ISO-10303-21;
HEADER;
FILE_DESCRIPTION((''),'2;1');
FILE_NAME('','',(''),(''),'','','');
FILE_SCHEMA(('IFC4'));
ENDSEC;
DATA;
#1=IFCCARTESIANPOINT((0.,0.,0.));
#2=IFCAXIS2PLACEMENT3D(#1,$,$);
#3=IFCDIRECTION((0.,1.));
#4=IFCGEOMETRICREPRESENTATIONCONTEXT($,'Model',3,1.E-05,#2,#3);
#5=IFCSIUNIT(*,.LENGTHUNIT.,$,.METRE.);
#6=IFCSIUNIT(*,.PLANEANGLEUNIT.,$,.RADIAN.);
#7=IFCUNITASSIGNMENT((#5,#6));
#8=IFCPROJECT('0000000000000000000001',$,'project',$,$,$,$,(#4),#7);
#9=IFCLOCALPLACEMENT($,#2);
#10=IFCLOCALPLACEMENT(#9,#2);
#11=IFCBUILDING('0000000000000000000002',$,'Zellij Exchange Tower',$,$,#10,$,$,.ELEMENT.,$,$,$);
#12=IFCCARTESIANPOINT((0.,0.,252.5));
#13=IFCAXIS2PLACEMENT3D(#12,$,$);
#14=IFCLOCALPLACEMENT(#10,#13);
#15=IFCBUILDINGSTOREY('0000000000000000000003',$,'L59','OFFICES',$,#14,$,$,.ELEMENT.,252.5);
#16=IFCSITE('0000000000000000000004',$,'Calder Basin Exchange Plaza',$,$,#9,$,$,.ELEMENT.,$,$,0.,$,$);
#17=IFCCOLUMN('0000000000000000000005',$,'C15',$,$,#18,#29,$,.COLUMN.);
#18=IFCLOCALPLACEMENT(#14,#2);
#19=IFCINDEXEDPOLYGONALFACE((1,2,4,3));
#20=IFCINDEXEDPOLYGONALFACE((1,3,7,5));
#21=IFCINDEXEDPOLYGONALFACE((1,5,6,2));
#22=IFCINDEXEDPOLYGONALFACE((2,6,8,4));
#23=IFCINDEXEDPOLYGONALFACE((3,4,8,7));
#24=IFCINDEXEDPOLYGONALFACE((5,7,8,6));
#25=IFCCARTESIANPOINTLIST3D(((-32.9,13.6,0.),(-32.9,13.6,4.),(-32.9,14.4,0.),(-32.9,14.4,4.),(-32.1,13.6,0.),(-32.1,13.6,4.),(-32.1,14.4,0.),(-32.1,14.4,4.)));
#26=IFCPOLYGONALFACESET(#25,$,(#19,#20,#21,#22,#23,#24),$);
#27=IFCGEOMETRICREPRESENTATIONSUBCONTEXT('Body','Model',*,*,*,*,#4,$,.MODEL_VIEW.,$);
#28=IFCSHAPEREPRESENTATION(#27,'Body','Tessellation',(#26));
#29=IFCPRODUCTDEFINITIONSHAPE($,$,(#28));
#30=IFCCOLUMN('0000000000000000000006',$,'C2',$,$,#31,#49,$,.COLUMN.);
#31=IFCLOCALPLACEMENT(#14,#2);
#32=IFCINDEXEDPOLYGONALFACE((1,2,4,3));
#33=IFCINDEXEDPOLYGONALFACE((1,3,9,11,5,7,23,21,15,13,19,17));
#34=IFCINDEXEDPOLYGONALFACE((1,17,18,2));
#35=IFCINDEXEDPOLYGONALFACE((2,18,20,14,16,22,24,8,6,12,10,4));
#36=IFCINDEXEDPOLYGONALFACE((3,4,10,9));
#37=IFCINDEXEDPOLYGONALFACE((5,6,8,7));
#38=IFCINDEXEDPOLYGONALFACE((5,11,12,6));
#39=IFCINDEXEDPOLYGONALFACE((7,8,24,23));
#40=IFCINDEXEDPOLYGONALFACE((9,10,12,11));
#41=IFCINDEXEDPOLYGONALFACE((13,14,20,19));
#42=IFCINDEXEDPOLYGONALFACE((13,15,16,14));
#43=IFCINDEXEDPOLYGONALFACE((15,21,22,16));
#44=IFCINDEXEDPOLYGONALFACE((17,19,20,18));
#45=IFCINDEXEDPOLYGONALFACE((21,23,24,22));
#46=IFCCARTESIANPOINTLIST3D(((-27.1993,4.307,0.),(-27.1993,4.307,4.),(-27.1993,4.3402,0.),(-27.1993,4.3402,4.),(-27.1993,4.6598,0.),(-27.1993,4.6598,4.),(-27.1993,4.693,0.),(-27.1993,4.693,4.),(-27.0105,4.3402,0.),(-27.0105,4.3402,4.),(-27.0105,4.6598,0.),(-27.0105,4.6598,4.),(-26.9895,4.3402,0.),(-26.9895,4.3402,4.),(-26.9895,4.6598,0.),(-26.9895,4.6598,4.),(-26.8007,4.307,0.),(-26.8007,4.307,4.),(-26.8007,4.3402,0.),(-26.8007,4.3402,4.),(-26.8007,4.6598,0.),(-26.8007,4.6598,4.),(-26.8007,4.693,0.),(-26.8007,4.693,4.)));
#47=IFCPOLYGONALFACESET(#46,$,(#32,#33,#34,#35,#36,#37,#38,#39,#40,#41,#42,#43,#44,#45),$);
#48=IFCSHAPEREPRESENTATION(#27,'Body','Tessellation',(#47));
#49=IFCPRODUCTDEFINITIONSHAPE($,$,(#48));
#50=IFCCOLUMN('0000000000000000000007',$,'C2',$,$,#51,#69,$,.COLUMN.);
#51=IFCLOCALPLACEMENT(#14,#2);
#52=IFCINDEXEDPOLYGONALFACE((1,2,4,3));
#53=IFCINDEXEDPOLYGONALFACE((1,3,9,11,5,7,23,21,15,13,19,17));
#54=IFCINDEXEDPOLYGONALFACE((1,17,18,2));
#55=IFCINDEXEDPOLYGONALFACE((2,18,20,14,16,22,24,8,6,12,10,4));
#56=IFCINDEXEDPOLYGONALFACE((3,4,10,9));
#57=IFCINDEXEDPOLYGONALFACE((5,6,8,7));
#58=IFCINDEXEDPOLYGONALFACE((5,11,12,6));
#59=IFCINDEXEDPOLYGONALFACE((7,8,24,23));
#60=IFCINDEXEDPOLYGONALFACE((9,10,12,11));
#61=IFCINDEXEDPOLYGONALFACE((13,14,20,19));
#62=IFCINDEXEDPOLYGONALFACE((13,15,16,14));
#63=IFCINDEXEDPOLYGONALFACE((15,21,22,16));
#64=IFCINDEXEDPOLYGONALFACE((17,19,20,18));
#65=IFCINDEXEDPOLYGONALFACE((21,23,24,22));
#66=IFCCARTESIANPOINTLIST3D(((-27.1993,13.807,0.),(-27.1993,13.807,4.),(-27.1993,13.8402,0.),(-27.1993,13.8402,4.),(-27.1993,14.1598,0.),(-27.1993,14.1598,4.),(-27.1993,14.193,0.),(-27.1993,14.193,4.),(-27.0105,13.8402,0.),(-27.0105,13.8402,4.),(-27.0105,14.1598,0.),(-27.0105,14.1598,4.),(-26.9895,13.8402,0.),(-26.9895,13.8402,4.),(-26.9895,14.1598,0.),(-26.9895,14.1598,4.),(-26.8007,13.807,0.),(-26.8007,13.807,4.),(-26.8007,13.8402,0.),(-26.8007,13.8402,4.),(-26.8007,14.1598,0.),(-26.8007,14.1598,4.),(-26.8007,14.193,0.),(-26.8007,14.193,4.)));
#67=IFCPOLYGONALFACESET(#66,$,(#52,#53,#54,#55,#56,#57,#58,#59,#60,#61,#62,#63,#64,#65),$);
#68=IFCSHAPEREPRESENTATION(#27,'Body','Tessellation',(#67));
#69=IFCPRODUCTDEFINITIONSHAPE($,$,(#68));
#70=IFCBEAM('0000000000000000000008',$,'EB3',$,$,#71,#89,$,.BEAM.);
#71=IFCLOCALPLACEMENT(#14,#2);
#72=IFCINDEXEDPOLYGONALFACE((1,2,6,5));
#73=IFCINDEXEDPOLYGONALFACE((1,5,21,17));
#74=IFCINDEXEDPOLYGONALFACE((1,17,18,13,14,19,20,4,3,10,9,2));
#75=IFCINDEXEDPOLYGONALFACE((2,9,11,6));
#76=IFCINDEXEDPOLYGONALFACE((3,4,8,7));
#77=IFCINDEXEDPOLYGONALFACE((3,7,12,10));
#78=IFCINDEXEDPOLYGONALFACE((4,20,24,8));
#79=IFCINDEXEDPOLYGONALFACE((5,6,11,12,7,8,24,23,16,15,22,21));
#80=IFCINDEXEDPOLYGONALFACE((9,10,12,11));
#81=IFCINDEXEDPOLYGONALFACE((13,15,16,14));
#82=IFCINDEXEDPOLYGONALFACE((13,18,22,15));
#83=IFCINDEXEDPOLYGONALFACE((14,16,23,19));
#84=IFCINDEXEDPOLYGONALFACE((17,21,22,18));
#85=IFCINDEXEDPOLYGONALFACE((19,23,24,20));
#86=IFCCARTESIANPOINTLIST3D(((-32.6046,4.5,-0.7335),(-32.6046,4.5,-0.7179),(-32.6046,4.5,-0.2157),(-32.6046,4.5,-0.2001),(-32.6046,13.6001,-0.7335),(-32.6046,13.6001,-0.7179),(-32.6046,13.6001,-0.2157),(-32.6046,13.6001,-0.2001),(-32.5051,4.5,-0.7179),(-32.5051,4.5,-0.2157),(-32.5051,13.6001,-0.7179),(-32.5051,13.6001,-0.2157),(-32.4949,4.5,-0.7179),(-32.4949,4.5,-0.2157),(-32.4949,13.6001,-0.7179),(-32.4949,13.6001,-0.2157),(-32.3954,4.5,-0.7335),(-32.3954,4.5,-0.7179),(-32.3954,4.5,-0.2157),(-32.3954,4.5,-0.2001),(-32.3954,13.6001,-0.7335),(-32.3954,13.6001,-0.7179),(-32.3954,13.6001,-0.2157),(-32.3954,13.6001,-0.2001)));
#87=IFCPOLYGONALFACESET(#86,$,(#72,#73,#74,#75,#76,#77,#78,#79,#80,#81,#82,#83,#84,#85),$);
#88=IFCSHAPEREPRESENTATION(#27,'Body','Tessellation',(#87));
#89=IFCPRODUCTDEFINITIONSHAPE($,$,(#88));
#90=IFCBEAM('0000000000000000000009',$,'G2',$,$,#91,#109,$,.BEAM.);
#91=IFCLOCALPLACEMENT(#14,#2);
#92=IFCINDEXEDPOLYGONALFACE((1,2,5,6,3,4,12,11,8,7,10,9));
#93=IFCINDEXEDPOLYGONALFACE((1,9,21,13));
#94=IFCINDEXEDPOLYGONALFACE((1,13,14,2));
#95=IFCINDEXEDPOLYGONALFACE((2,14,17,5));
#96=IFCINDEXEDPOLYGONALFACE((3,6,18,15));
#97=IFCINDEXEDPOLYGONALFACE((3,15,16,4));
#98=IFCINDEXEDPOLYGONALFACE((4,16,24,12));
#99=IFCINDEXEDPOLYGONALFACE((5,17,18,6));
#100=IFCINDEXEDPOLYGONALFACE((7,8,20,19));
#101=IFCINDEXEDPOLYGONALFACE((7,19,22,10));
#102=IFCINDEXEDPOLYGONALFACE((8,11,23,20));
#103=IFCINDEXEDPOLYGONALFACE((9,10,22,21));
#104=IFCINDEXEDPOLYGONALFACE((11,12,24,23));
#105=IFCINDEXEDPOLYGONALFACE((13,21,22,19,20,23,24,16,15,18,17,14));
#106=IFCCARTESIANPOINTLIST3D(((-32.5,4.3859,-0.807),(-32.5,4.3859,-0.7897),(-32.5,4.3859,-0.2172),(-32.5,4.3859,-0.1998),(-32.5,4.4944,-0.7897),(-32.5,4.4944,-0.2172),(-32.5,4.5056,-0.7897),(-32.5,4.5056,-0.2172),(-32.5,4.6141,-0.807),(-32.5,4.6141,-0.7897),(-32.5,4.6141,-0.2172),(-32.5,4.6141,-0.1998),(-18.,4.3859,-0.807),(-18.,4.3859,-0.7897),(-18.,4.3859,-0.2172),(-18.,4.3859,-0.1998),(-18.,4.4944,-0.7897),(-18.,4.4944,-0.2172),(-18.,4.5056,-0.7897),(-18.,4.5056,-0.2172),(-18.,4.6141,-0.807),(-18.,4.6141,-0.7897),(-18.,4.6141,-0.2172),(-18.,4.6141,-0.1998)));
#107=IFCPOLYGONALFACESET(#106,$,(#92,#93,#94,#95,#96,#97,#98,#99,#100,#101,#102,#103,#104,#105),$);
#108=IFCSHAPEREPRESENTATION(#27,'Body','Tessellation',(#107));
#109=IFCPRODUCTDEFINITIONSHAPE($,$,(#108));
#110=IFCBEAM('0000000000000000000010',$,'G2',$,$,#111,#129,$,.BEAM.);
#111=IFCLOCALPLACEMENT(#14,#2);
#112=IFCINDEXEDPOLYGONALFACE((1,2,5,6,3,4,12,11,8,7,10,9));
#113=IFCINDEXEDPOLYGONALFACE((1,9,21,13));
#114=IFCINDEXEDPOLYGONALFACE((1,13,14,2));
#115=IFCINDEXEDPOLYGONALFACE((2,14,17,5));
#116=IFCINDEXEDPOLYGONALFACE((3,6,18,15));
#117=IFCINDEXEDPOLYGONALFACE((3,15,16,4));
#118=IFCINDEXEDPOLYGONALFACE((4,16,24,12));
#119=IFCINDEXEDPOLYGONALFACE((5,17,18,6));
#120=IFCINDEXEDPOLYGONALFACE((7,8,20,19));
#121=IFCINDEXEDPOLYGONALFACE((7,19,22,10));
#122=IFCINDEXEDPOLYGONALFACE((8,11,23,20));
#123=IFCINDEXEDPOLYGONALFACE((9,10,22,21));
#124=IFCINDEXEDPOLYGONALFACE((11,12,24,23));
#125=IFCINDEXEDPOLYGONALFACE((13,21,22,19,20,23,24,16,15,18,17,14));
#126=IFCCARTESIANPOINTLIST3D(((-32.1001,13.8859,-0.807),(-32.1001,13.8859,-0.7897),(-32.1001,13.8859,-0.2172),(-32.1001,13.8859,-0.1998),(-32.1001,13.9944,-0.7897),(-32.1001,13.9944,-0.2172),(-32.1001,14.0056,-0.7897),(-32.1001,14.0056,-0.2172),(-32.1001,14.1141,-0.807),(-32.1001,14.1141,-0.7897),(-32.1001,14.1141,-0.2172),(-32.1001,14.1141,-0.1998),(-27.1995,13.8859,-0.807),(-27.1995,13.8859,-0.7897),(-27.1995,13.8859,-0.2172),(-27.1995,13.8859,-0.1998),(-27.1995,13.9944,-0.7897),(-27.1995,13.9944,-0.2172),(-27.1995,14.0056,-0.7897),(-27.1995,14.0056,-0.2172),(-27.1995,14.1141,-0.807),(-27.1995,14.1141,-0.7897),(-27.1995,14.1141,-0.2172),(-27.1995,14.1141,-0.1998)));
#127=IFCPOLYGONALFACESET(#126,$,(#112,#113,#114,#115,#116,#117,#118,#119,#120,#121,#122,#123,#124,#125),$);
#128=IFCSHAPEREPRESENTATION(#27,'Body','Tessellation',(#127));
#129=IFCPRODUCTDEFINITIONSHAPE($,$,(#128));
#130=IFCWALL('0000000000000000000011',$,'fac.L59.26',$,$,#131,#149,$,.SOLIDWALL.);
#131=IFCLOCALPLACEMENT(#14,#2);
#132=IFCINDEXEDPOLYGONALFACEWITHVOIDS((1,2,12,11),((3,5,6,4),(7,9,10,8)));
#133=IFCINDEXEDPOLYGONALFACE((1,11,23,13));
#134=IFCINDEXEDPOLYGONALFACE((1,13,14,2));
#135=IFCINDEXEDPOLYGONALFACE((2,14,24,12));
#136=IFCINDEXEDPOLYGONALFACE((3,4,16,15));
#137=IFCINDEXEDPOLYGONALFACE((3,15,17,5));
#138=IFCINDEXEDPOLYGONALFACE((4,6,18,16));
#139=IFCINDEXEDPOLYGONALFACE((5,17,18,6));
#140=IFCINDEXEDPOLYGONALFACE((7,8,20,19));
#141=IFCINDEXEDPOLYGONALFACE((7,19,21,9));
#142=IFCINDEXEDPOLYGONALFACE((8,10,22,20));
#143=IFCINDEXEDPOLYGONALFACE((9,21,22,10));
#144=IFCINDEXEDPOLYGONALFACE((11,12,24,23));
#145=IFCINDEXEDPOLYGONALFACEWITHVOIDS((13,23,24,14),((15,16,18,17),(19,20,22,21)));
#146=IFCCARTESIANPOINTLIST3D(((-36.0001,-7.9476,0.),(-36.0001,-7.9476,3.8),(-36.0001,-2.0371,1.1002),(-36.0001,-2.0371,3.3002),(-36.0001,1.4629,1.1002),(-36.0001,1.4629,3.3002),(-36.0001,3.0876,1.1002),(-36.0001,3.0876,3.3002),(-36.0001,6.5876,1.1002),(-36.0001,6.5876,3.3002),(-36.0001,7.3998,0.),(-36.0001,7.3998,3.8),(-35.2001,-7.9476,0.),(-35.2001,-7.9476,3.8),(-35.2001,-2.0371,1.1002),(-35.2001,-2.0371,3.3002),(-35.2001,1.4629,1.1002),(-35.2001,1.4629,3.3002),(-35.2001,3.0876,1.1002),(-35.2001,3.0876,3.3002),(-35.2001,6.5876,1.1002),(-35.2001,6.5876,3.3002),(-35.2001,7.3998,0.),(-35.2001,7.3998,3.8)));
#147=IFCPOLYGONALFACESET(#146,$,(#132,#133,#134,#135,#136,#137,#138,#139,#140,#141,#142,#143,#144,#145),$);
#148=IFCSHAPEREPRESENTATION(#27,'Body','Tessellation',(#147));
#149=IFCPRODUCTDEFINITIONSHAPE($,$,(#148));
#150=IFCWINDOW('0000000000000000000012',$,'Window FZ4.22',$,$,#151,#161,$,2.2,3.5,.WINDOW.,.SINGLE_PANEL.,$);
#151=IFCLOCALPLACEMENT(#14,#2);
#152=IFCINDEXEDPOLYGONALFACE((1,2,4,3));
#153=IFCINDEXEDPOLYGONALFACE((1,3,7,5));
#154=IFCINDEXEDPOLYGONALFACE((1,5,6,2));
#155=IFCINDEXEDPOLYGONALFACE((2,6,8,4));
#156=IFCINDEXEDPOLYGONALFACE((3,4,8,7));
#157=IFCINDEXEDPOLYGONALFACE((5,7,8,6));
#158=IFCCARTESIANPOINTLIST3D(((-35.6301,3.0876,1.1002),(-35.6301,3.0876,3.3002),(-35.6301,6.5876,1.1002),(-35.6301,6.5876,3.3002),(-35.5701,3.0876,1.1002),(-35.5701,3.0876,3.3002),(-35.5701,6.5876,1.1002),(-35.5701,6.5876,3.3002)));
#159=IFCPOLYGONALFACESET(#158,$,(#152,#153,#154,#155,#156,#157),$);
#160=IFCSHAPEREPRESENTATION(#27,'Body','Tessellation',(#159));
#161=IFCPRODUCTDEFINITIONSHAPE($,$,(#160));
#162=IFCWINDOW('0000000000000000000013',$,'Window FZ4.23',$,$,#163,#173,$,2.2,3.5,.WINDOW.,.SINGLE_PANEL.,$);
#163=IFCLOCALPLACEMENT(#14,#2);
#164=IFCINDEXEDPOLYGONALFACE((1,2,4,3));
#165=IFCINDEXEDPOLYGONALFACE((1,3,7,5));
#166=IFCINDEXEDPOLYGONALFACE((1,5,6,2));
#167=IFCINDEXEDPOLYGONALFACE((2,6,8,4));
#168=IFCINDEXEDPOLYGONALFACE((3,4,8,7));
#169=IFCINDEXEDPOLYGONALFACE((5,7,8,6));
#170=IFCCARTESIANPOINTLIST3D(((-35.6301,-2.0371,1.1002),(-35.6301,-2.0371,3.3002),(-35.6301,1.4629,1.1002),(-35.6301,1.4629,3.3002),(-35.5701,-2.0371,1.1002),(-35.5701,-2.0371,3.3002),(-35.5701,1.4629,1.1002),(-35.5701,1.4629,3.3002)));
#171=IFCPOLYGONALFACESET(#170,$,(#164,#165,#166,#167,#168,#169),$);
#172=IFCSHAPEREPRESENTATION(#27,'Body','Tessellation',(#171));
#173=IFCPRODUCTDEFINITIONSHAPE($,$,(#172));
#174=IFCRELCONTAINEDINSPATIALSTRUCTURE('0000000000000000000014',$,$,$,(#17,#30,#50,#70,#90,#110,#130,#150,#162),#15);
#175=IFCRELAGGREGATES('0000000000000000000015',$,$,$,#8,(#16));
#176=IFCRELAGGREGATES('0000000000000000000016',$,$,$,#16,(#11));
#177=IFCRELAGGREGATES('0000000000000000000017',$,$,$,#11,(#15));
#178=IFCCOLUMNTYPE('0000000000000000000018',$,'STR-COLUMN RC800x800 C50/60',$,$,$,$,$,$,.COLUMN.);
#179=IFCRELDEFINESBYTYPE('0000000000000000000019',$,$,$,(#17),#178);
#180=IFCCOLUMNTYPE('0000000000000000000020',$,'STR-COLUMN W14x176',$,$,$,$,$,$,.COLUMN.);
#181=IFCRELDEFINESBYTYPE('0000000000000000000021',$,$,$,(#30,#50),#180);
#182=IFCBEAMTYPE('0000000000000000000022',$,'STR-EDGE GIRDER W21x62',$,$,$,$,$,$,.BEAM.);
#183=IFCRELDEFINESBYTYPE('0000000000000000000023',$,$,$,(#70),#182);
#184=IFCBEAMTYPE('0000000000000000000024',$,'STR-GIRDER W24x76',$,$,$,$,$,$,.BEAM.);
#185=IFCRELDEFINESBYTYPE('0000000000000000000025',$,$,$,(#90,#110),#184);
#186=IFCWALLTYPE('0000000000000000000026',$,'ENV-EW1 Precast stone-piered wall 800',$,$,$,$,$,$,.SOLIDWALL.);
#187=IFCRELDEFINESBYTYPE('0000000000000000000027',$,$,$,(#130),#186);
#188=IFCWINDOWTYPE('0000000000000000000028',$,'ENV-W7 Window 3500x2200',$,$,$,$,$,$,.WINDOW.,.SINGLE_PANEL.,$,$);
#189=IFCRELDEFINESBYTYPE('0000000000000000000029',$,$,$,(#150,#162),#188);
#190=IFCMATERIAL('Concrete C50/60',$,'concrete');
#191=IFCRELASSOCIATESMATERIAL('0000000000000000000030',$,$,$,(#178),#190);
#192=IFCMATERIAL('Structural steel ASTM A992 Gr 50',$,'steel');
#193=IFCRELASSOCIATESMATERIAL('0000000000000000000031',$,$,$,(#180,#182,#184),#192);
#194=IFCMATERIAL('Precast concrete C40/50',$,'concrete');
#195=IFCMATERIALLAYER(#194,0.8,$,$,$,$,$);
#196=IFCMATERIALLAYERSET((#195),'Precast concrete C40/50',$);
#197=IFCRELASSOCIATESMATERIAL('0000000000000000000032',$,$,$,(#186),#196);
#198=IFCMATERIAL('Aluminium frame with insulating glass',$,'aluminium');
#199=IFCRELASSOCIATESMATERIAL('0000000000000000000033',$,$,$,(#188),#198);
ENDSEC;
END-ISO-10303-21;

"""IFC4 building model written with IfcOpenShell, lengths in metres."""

from ifc_helpers import new_model, si_unit, direction, frame, frame_2d, origin, origin_2d, place, context, subcontext, project, spatial, rectangle, i_section, extrude, material, layer, layer_set, material_profile, profile_set, type_object, element, fill, save


model = new_model("IFC4")

# Units and contexts
model_context = context("Model", 3, precision=1e-05, world=origin(), true_north=direction((0.0, 1.0)))
body_context = subcontext(model_context, "Body", "Model", "MODEL_VIEW")
ifc_project = project(units=[si_unit("LENGTHUNIT", "METRE"), si_unit("PLANEANGLEUNIT", "RADIAN")], contexts=[model_context])

# Site, building, storey
site_placement = place(None, origin())
site = spatial("IfcSite", under=ifc_project, at=site_placement, Name="Calder Basin Exchange Plaza", CompositionType="ELEMENT", RefElevation=0.0)
building_placement = place(site_placement, origin())
building = spatial("IfcBuilding", under=site, at=building_placement, Name="Zellij Exchange Tower", CompositionType="ELEMENT")
storey_placement = place(building_placement, frame((0.0, 0.0, 252.5)))
storey = spatial("IfcBuildingStorey", under=building, at=storey_placement, Name="L59", Description="OFFICES", CompositionType="ELEMENT", Elevation=252.5)

# Columns
ifc_material_1 = material(Name="Concrete C50/60", Category="concrete")
ifc_material_profile_1 = material_profile(ifc_material_1, rectangle(XDim=0.8, YDim=0.8, at=origin_2d()), Name="STR-COLUMN RC800x800 C50/60")
ifc_profile_set_1 = profile_set([ifc_material_profile_1], Name="Concrete C50/60")
column_type_1 = type_object("IfcColumnType", Name="STR-COLUMN RC800x800 C50/60", PredefinedType="COLUMN", material=ifc_profile_set_1)
column_placement = place(storey_placement, frame((-32.5, 14.0, 0.0), z_axis=(0.0, 0.0, 1.0), x_axis=(1.0, 0.0, 0.0)))
element("IfcColumn", 1, at=column_placement, inside=storey, type_object=column_type_1, Name="C15", PredefinedType="COLUMN", context=body_context, shape_type="SweptSolid", body=[
    extrude(rectangle(XDim=0.8, YDim=0.8, at=origin_2d()), origin(), (0.0, 0.0, 1.0), 4.0),
])
ifc_material_2 = material(Name="Structural steel ASTM A992 Gr 50", Category="steel")
ifc_material_profile_2 = material_profile(ifc_material_2, i_section(OverallWidth=0.3987, OverallDepth=0.386, WebThickness=0.021, FlangeThickness=0.0332, at=origin_2d()), Name="W14x176")
ifc_profile_set_2 = profile_set([ifc_material_profile_2], Name="Structural steel ASTM A992 Gr 50")
column_type_2 = type_object("IfcColumnType", Name="STR-COLUMN W14x176", PredefinedType="COLUMN", material=ifc_profile_set_2)
for number, where, z_axis, x_axis, name in (
    (2, (-27.0, 4.5, 0.0), (0.0, 0.0, 1.0), (1.0, 0.0, 0.0), "C2"),
    (3, (-27.0, 14.0, 0.0), (0.0, 0.0, 1.0), (1.0, 0.0, 0.0), "C2"),
):
    element("IfcColumn", number, at=place(storey_placement, frame(where, z_axis=z_axis, x_axis=x_axis)), inside=storey, type_object=column_type_2, Name=name, PredefinedType="COLUMN", context=body_context, shape_type="SweptSolid", body=[
        extrude(i_section(OverallWidth=0.3987, OverallDepth=0.386, WebThickness=0.021, FlangeThickness=0.0332, at=origin_2d()), origin(), (0.0, 0.0, 1.0), 4.0),
    ])

# Beams
ifc_material_profile_3 = material_profile(ifc_material_2, i_section(OverallWidth=0.2092, OverallDepth=0.5334, WebThickness=0.0103, FlangeThickness=0.0156, at=origin_2d()), Name="W21x62")
ifc_profile_set_3 = profile_set([ifc_material_profile_3], Name="Structural steel ASTM A992 Gr 50")
beam_type_1 = type_object("IfcBeamType", Name="STR-EDGE GIRDER W21x62", PredefinedType="BEAM", material=ifc_profile_set_3)
beam_1_placement = place(storey_placement, frame((-32.5, 4.5, -0.4668), z_axis=(0.0, 1.0, 0.0), x_axis=(-1.0, 0.0, 0.0)))
element("IfcBeam", 4, at=beam_1_placement, inside=storey, type_object=beam_type_1, Name="EB3", PredefinedType="BEAM", context=body_context, shape_type="SweptSolid", body=[
    extrude(i_section(OverallWidth=0.2092, OverallDepth=0.5334, WebThickness=0.0103, FlangeThickness=0.0156, at=origin_2d()), origin(), (0.0, 0.0, 1.0), 9.1001),
])
ifc_material_profile_4 = material_profile(ifc_material_2, i_section(OverallWidth=0.2283, OverallDepth=0.6072, WebThickness=0.0112, FlangeThickness=0.0173, at=origin_2d()), Name="W24x76")
ifc_profile_set_4 = profile_set([ifc_material_profile_4], Name="Structural steel ASTM A992 Gr 50")
beam_type_2 = type_object("IfcBeamType", Name="STR-GIRDER W24x76", PredefinedType="BEAM", material=ifc_profile_set_4)
beam_2_placement = place(storey_placement, frame((-32.5, 4.5, -0.5034), z_axis=(1.0, 0.0, 0.0), x_axis=(0.0, 1.0, 0.0)))
element("IfcBeam", 5, at=beam_2_placement, inside=storey, type_object=beam_type_2, Name="G2", PredefinedType="BEAM", context=body_context, shape_type="SweptSolid", body=[
    extrude(i_section(OverallWidth=0.2283, OverallDepth=0.6072, WebThickness=0.0112, FlangeThickness=0.0173, at=origin_2d()), origin(), (0.0, 0.0, 1.0), 14.5),
])
beam_3_placement = place(storey_placement, frame((-32.1001, 14.0, -0.5034), z_axis=(1.0, 0.0, 0.0), x_axis=(0.0, 1.0, 0.0)))
element("IfcBeam", 6, at=beam_3_placement, inside=storey, type_object=beam_type_2, Name="G2", PredefinedType="BEAM", context=body_context, shape_type="SweptSolid", body=[
    extrude(i_section(OverallWidth=0.2283, OverallDepth=0.6072, WebThickness=0.0112, FlangeThickness=0.0173, at=origin_2d()), origin(), (0.0, 0.0, 1.0), 4.9006),
])

# Wall, openings, windows
ifc_material_3 = material(Name="Precast concrete C40/50", Category="concrete")
ifc_layer_1 = layer(ifc_material_3, 0.8)
ifc_layer_set_1 = layer_set([ifc_layer_1], Name="Precast concrete C40/50")
wall_type_1 = type_object("IfcWallType", Name="ENV-EW1 Precast stone-piered wall 800", PredefinedType="SOLIDWALL", material=ifc_layer_set_1)
wall_1_placement = place(storey_placement, frame((-35.6001, 7.3999, 0.0), z_axis=(0.0, 0.0, 1.0), x_axis=(0.0, -1.0, 0.0)))
wall_1 = element("IfcWall", 7, at=wall_1_placement, inside=storey, type_object=wall_type_1, Name="fac.L59.26", PredefinedType="SOLIDWALL", context=body_context, shape_type="SweptSolid", body=[
    extrude(rectangle(XDim=15.3474, YDim=0.8, at=frame_2d((7.6738, 0.0))), origin(), (0.0, 0.0, 1.0), 3.8),
])
opening_1_placement = place(wall_1_placement, frame((0.8123, 0.0, 1.1001)))
opening_1 = element("IfcOpeningElement", 8, at=opening_1_placement, cuts=wall_1, PredefinedType="OPENING", context=body_context, shape_type="SweptSolid", body=[
    extrude(rectangle(XDim=3.5, YDim=2.2, at=frame_2d((1.75, 1.1001))), frame((0.0, 0.4121, 0.0), z_axis=(0.0, -1.0, 0.0), x_axis=(1.0, 0.0, 0.0)), (0.0, 0.0, 1.0), 0.824),
])
opening_2_placement = place(wall_1_placement, frame((5.937, 0.0, 1.1001)))
opening_2 = element("IfcOpeningElement", 9, at=opening_2_placement, cuts=wall_1, PredefinedType="OPENING", context=body_context, shape_type="SweptSolid", body=[
    extrude(rectangle(XDim=3.5, YDim=2.2, at=frame_2d((1.75, 1.1001))), frame((0.0, 0.4121, 0.0), z_axis=(0.0, -1.0, 0.0), x_axis=(1.0, 0.0, 0.0)), (0.0, 0.0, 1.0), 0.824),
])
ifc_material_4 = material(Name="Aluminium frame with insulating glass", Category="aluminium")
window_type = type_object("IfcWindowType", Name="ENV-W7 Window 3500x2200", PartitioningType="SINGLE_PANEL", PredefinedType="WINDOW", material=ifc_material_4)
window_1_placement = place(opening_1_placement, origin())
window_1 = element("IfcWindow", 10, at=window_1_placement, inside=storey, type_object=window_type, Name="Window FZ4.22", OverallHeight=2.2, OverallWidth=3.5, PartitioningType="SINGLE_PANEL", PredefinedType="WINDOW", context=body_context, shape_type="SweptSolid", body=[
    extrude(rectangle(XDim=3.5, YDim=2.2, at=frame_2d((1.75, 1.1001))), frame((0.0, 0.03, 0.0), z_axis=(0.0, -1.0, 0.0), x_axis=(1.0, 0.0, 0.0)), (0.0, 0.0, 1.0), 0.0601),
])
fill(opening_1, window_1)
window_2_placement = place(opening_2_placement, origin())
window_2 = element("IfcWindow", 11, at=window_2_placement, inside=storey, type_object=window_type, Name="Window FZ4.23", OverallHeight=2.2, OverallWidth=3.5, PartitioningType="SINGLE_PANEL", PredefinedType="WINDOW", context=body_context, shape_type="SweptSolid", body=[
    extrude(rectangle(XDim=3.5, YDim=2.2, at=frame_2d((1.75, 1.1001))), frame((0.0, 0.03, 0.0), z_axis=(0.0, -1.0, 0.0), x_axis=(1.0, 0.0, 0.0)), (0.0, 0.0, 1.0), 0.0601),
])
fill(opening_2, window_2)

save(model, "model.ifc")
